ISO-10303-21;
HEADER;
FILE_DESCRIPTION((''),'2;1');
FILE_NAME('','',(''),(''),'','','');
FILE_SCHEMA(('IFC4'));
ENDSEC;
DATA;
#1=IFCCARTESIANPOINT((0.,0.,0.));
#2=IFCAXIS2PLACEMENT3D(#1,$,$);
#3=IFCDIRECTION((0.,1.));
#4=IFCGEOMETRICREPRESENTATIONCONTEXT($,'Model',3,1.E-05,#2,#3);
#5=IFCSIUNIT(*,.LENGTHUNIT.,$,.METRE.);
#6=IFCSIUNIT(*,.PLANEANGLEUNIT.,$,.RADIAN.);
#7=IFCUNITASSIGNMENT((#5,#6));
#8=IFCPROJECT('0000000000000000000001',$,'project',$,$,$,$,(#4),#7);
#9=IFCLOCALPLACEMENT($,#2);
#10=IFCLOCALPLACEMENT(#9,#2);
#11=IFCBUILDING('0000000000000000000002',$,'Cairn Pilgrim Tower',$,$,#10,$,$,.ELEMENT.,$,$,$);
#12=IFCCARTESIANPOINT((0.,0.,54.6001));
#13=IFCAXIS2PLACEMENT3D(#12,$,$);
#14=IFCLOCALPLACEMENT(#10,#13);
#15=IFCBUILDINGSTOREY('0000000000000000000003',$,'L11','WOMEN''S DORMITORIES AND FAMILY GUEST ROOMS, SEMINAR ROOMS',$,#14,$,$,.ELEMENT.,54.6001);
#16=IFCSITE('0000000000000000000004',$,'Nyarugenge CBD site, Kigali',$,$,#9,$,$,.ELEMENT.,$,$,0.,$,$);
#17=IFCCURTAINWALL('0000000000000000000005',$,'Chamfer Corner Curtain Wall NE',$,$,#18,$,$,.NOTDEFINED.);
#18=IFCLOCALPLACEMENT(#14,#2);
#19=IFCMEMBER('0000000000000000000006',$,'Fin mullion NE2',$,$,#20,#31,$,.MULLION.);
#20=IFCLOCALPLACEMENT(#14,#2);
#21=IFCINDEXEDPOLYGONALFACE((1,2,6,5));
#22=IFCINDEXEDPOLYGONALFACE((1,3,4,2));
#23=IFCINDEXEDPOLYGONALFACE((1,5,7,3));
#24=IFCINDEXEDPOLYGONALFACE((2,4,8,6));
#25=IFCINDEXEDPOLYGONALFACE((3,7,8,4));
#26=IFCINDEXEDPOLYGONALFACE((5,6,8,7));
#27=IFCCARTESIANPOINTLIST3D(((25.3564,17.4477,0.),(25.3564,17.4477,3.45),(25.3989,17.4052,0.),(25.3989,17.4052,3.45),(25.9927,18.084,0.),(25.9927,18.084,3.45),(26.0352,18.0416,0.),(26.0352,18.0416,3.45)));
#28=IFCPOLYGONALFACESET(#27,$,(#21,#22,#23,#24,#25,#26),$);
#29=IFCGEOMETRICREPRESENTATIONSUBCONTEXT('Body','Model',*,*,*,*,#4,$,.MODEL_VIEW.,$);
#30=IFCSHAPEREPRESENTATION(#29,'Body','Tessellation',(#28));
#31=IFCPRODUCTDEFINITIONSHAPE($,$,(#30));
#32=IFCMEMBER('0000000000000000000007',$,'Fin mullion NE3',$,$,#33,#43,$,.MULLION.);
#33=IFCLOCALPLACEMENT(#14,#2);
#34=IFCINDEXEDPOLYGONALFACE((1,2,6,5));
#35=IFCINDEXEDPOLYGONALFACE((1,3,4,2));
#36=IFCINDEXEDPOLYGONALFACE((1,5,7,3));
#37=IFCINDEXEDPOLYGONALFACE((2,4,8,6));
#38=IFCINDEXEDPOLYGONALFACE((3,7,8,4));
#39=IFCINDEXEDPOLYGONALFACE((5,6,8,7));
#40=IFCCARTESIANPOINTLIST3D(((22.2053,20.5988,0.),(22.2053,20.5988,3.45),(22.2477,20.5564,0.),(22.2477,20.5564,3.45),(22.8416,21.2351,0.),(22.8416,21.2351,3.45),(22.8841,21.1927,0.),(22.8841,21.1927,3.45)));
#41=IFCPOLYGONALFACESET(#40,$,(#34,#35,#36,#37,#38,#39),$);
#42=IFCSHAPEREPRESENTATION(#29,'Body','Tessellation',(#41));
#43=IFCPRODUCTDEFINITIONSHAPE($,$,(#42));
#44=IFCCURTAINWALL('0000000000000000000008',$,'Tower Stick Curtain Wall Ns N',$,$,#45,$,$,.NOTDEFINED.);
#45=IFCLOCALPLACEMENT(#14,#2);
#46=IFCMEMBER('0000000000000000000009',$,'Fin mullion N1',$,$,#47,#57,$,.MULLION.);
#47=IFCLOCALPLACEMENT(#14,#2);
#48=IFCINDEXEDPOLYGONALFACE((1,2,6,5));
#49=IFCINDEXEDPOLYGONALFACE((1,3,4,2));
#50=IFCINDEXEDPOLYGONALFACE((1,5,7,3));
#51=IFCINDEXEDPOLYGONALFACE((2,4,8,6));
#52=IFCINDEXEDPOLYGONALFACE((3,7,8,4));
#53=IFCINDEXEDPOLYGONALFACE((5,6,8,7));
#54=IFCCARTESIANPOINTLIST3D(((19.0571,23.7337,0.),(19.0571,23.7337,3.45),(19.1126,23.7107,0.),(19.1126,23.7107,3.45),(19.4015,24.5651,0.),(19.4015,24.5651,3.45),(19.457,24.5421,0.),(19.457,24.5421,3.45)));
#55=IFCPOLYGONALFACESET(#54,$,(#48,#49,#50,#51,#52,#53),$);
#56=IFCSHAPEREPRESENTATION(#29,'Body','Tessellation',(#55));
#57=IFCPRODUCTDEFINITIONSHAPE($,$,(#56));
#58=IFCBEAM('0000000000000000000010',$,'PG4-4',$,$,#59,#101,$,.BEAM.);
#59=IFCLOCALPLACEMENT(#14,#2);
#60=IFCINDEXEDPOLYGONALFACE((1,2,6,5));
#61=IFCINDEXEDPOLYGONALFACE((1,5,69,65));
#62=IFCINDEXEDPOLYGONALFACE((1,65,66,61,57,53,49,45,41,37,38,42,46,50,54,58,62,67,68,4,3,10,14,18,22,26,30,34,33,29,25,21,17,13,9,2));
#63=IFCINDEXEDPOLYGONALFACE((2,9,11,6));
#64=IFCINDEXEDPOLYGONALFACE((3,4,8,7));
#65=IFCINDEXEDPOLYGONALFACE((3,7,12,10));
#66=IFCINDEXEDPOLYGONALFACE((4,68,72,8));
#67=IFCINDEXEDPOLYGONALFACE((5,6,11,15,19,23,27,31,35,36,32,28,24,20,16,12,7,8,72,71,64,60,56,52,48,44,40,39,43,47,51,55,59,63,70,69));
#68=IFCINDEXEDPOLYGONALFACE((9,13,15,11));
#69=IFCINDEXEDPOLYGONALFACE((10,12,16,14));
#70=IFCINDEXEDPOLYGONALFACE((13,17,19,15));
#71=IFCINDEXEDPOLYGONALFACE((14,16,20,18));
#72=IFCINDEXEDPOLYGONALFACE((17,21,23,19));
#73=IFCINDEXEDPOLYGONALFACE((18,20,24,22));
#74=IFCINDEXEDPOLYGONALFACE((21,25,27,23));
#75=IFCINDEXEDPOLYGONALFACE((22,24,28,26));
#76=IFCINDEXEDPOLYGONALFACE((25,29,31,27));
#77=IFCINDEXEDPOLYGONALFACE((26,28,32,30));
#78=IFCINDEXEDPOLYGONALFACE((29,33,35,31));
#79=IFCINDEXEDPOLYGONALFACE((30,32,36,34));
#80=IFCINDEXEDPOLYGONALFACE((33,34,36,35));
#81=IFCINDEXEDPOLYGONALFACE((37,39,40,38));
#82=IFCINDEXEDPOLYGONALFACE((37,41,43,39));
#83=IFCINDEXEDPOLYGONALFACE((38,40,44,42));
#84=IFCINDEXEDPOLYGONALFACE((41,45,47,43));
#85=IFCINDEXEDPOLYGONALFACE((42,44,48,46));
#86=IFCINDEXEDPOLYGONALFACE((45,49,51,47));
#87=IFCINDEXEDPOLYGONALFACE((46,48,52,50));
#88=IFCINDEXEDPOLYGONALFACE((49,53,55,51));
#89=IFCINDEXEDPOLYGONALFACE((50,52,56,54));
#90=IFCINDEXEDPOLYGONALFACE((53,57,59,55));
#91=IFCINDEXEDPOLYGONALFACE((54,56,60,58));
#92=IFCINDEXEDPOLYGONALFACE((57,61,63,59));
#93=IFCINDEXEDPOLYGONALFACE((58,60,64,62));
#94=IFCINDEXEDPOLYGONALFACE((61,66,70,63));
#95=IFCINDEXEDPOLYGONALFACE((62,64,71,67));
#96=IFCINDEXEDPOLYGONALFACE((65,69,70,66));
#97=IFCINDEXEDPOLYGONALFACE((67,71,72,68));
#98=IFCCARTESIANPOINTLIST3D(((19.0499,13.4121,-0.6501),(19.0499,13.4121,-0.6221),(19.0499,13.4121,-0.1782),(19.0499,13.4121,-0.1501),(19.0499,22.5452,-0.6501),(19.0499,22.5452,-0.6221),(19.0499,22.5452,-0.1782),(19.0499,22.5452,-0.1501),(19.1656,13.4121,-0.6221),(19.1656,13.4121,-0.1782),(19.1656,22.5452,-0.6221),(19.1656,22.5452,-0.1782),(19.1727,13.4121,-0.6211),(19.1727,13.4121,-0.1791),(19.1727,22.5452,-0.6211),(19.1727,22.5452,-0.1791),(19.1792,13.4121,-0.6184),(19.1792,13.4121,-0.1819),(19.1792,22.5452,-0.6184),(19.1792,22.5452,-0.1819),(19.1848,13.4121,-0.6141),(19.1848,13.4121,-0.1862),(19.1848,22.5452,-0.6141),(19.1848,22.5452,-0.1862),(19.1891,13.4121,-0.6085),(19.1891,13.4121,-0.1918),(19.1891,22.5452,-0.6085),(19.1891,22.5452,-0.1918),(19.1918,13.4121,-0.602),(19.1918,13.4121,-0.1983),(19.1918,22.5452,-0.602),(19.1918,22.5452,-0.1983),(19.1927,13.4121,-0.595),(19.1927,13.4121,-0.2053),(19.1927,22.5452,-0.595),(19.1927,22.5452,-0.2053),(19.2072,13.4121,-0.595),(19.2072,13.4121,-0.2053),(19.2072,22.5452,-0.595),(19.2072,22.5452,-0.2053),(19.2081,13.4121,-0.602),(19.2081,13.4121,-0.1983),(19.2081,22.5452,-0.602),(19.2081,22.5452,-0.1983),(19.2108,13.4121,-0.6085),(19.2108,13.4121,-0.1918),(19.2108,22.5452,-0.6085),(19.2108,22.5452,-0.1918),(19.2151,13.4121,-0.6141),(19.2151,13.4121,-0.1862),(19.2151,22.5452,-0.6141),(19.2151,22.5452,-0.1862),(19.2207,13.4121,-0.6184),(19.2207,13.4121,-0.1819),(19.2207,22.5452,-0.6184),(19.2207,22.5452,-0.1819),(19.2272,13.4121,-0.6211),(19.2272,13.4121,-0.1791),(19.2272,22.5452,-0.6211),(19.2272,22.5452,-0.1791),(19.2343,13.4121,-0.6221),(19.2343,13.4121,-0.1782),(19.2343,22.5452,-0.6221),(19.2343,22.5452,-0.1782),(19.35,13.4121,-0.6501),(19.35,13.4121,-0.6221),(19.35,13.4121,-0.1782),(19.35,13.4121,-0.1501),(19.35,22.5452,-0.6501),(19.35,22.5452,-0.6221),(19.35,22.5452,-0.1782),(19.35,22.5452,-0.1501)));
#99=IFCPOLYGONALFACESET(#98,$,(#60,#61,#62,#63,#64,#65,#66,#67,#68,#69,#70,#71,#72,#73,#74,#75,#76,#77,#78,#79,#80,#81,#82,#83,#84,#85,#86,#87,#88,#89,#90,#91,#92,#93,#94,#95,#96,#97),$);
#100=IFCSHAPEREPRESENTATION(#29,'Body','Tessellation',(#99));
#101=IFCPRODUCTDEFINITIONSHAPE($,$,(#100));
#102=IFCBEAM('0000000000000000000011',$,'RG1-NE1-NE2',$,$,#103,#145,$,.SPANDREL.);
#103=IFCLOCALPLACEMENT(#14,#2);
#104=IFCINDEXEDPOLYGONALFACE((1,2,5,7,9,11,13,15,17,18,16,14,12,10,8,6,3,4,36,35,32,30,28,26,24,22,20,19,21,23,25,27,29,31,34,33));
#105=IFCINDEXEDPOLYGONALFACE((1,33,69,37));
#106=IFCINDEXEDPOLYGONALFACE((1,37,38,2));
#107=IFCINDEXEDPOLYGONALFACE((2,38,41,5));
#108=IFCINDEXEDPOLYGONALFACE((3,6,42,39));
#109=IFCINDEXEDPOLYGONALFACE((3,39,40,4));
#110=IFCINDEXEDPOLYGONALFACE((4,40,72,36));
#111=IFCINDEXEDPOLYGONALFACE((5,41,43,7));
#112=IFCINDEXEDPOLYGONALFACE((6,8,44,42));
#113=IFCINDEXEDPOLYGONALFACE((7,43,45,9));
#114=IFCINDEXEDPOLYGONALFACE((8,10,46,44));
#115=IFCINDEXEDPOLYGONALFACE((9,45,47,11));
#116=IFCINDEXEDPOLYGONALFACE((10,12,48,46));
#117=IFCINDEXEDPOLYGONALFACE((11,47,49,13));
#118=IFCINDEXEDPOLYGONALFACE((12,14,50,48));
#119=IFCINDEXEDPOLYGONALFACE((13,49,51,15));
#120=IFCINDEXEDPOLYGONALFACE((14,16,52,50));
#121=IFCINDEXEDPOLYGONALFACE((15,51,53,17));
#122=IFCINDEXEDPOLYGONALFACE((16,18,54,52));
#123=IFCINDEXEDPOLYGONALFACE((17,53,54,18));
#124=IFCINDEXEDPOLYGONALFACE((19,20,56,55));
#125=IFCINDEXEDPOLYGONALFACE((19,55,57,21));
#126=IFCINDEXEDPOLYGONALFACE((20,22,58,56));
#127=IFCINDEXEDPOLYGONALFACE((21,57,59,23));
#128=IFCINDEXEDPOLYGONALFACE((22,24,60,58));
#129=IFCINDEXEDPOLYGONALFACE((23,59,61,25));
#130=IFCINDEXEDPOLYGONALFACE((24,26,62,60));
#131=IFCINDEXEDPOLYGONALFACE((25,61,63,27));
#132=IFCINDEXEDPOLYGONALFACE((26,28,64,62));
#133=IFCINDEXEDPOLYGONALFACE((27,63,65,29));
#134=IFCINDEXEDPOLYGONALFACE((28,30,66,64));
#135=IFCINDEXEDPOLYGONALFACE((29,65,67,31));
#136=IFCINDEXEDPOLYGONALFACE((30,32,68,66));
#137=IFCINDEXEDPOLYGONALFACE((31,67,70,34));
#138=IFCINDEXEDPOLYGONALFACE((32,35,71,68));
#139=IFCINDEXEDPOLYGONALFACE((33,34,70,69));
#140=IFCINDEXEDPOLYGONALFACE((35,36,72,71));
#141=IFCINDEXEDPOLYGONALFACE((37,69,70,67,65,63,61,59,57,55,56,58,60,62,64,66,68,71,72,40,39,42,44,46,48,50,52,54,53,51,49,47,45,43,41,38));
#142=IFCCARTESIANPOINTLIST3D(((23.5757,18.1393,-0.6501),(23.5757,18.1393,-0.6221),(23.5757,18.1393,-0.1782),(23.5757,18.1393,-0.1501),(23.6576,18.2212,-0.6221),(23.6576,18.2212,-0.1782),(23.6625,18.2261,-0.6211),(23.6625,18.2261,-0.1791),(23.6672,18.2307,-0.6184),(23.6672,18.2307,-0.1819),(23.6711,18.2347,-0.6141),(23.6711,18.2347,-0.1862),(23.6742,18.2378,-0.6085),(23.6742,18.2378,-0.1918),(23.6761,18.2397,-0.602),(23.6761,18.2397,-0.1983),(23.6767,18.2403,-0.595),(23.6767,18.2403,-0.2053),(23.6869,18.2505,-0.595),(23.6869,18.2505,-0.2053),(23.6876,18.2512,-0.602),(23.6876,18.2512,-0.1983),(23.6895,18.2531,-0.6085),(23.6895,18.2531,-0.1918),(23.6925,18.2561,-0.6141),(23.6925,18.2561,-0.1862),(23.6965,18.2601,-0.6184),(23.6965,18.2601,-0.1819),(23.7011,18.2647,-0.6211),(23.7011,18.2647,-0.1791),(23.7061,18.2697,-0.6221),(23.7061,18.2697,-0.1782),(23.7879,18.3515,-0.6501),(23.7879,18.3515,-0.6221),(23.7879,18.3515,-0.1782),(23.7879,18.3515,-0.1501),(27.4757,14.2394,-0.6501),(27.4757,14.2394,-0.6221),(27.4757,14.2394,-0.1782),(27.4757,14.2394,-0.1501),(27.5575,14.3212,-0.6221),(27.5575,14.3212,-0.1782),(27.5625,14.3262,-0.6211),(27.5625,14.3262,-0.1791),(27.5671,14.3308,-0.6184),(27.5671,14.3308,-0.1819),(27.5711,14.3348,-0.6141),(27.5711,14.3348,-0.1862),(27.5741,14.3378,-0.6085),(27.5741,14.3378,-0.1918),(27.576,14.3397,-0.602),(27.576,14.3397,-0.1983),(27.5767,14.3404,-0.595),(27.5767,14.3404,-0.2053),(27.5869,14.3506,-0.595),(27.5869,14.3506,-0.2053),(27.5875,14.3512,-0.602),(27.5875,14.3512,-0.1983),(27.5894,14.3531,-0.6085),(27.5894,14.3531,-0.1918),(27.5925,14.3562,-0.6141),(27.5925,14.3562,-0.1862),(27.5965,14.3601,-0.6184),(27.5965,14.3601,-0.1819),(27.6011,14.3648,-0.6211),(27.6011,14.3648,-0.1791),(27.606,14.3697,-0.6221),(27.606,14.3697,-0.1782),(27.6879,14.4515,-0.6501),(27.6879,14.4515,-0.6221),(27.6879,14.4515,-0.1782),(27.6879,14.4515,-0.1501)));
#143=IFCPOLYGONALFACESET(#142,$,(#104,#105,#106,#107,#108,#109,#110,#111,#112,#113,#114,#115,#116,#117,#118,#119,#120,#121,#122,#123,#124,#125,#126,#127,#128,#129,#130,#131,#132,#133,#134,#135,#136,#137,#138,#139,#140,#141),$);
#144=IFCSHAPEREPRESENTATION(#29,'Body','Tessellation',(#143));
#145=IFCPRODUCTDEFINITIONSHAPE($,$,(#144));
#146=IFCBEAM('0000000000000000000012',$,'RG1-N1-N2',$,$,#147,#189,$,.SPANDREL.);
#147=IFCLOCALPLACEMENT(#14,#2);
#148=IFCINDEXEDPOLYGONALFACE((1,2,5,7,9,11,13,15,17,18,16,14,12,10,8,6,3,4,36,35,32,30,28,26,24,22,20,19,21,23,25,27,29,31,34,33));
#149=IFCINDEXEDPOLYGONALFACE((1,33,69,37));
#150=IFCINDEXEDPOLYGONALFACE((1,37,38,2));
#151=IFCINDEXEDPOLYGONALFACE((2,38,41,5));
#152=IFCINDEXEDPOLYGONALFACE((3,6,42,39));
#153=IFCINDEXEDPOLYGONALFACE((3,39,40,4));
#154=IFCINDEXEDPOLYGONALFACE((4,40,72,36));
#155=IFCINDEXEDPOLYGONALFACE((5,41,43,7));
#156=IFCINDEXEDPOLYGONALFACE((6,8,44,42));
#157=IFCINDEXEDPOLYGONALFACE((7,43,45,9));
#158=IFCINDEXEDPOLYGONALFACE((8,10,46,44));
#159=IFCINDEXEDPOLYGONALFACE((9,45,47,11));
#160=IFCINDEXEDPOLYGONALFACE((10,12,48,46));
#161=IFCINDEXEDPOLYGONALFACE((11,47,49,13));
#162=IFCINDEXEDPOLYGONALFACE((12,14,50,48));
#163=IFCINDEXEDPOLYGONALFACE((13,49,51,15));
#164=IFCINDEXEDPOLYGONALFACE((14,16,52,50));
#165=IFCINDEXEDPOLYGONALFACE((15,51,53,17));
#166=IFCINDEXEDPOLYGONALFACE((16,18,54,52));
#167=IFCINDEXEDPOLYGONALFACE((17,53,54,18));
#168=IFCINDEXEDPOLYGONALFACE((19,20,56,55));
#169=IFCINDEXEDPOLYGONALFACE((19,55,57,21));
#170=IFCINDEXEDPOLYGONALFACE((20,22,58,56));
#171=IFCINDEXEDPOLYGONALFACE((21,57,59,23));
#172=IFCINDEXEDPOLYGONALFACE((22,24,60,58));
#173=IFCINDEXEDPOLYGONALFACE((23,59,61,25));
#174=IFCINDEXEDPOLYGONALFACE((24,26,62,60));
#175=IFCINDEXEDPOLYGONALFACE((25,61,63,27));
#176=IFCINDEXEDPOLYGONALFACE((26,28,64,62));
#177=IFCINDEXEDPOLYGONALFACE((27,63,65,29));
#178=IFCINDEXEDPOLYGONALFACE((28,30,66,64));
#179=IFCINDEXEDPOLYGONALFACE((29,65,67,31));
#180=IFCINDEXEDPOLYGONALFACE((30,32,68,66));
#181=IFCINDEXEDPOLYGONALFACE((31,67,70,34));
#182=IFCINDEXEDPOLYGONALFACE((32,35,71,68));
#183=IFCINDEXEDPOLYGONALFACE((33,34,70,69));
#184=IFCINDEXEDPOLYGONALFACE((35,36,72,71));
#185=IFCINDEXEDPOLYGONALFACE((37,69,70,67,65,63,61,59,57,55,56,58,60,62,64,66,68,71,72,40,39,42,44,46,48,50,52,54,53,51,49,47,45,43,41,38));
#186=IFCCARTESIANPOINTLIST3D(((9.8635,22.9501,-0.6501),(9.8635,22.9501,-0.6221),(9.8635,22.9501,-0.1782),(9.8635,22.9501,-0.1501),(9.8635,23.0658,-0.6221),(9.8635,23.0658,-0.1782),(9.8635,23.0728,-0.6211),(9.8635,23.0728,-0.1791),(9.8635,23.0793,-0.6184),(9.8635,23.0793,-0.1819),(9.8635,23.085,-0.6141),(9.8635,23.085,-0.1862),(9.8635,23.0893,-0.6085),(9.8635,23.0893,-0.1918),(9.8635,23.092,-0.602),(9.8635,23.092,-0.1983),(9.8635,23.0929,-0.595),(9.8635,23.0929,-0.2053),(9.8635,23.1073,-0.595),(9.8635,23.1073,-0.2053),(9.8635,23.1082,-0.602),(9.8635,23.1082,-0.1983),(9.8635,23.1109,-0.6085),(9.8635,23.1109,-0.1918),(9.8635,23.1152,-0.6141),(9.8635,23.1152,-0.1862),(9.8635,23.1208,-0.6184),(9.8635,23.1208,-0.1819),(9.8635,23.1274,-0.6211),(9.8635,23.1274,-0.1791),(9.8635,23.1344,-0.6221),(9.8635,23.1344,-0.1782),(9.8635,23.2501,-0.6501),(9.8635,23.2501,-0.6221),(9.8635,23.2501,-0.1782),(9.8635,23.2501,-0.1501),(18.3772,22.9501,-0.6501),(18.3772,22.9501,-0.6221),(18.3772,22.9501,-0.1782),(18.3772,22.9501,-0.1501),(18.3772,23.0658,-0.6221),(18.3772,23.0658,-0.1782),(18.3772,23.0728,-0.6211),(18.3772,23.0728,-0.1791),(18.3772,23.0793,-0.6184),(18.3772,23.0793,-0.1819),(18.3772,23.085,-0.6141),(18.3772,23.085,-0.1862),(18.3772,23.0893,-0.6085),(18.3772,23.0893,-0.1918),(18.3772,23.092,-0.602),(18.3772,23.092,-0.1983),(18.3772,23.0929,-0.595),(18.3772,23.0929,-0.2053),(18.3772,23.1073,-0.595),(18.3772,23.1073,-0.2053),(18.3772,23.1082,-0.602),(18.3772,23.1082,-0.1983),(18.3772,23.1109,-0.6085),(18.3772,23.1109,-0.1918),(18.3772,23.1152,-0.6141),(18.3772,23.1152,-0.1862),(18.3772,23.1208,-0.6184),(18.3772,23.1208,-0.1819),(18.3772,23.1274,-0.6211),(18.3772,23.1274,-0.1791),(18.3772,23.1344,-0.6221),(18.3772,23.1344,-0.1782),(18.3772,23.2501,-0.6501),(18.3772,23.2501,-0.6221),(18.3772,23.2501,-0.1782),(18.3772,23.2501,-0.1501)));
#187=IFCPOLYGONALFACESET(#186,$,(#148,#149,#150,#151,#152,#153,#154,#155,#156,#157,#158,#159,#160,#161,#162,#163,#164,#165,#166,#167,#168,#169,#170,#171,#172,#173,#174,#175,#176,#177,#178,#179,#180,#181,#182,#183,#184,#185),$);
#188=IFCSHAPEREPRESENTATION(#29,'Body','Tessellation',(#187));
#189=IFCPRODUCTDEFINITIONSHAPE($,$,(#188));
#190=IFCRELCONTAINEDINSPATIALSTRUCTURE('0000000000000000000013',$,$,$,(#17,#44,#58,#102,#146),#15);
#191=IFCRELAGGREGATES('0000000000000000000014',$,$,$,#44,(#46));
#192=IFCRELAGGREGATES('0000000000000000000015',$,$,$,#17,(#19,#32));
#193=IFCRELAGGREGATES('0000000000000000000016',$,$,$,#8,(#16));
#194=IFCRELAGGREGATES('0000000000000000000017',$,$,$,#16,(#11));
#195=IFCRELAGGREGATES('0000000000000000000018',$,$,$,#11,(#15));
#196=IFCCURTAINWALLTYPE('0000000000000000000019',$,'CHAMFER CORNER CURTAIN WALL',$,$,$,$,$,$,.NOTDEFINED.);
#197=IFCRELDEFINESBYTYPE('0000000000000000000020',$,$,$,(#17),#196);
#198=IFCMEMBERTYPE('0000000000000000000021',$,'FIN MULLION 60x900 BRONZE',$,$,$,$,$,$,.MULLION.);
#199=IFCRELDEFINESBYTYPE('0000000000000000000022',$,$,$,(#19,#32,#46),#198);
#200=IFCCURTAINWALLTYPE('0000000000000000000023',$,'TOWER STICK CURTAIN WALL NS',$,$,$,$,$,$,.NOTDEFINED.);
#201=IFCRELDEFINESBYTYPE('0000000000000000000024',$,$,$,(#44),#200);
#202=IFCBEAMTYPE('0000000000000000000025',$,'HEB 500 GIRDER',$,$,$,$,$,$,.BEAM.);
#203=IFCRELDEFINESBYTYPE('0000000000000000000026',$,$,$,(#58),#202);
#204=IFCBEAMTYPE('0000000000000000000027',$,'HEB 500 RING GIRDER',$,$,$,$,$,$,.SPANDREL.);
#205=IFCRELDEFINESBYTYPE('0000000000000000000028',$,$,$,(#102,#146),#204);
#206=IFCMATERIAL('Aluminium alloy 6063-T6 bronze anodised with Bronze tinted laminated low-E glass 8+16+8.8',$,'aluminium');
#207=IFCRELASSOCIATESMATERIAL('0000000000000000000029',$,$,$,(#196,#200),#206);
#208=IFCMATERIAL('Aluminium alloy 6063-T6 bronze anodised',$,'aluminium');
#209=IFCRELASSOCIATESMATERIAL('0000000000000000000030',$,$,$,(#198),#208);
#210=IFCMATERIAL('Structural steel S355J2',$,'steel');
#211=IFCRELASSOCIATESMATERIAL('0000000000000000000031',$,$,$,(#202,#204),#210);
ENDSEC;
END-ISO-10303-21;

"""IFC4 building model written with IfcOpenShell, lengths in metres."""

from ifc_helpers import new_model, si_unit, direction, frame, origin, origin_2d, place, context, subcontext, project, spatial, rectangle, i_section, extrude, material, material_profile, profile_set, type_object, element, aggregate, save


model = new_model("IFC4")

# Units and contexts
model_context = context("Model", 3, precision=1e-05, world=origin(), true_north=direction((0.0, 1.0)))
body_context = subcontext(model_context, "Body", "Model", "MODEL_VIEW")
ifc_project = project(units=[si_unit("LENGTHUNIT", "METRE"), si_unit("PLANEANGLEUNIT", "RADIAN")], contexts=[model_context])

# Site, building, storey
site_placement = place(None, origin())
site = spatial("IfcSite", under=ifc_project, at=site_placement, Name="Nyarugenge CBD site, Kigali", CompositionType="ELEMENT", RefElevation=0.0)
building_placement = place(site_placement, origin())
building = spatial("IfcBuilding", under=site, at=building_placement, Name="Cairn Pilgrim Tower", CompositionType="ELEMENT")
storey_placement = place(building_placement, frame((0.0, 0.0, 54.6001)))
storey = spatial("IfcBuildingStorey", under=building, at=storey_placement, Name="L11", Description="WOMEN'S DORMITORIES AND FAMILY GUEST ROOMS, SEMINAR ROOMS", CompositionType="ELEMENT", Elevation=54.6001)

# Shared definitions
ifc_material_1 = material(Name="Structural steel S355J2", Category="steel")

# Curtain wall, members
ifc_material_2 = material(Name="Aluminium alloy 6063-T6 bronze anodised with Bronze tinted laminated low-E glass 8+16+8.8", Category="aluminium")
curtain_wall_type_1 = type_object("IfcCurtainWallType", Name="CHAMFER CORNER CURTAIN WALL", PredefinedType="NOTDEFINED", material=ifc_material_2)
curtain_wall_1_placement = place(storey_placement, origin())
curtain_wall_1 = element("IfcCurtainWall", 1, at=curtain_wall_1_placement, inside=storey, type_object=curtain_wall_type_1, Name="Chamfer Corner Curtain Wall NE", PredefinedType="NOTDEFINED")
ifc_material_3 = material(Name="Aluminium alloy 6063-T6 bronze anodised", Category="aluminium")
ifc_material_profile_1 = material_profile(ifc_material_3, rectangle(XDim=0.8999, YDim=0.0601, at=origin_2d()), Name="FIN MULLION 60x900 BRONZE")
ifc_profile_set_1 = profile_set([ifc_material_profile_1], Name="Aluminium alloy 6063-T6 bronze anodised")
member_type_1 = type_object("IfcMemberType", Name="FIN MULLION 60x900 BRONZE", PredefinedType="MULLION", material=ifc_profile_set_1)
member_1_placement = place(storey_placement, frame((25.6958, 17.7446, 0.0), z_axis=(0.0, 0.0, 1.0), x_axis=(0.707107, 0.707107, 0.0)))
member_1 = element("IfcMember", 2, at=member_1_placement, type_object=member_type_1, Name="Fin mullion NE2", PredefinedType="MULLION", context=body_context, shape_type="SweptSolid", body=[
    extrude(rectangle(XDim=0.8999, YDim=0.0601, at=origin_2d()), origin(), (0.0, 0.0, 1.0), 3.45),
])
member_2_placement = place(storey_placement, frame((22.5447, 20.8958, 0.0), z_axis=(0.0, 0.0, 1.0), x_axis=(0.707107, 0.707107, 0.0)))
member_2 = element("IfcMember", 3, at=member_2_placement, type_object=member_type_1, Name="Fin mullion NE3", PredefinedType="MULLION", context=body_context, shape_type="SweptSolid", body=[
    extrude(rectangle(XDim=0.8999, YDim=0.0601, at=origin_2d()), origin(), (0.0, 0.0, 1.0), 3.45),
])

# Curtain wall, member
curtain_wall_type_2 = type_object("IfcCurtainWallType", Name="TOWER STICK CURTAIN WALL NS", PredefinedType="NOTDEFINED", material=ifc_material_2)
curtain_wall_2_placement = place(storey_placement, origin())
curtain_wall_2 = element("IfcCurtainWall", 4, at=curtain_wall_2_placement, inside=storey, type_object=curtain_wall_type_2, Name="Tower Stick Curtain Wall Ns N", PredefinedType="NOTDEFINED")
member_3_placement = place(storey_placement, frame((19.2571, 24.1379, 0.0), z_axis=(0.0, 0.0, 1.0), x_axis=(0.382683, 0.92388, 0.0)))
member_3 = element("IfcMember", 5, at=member_3_placement, type_object=member_type_1, Name="Fin mullion N1", PredefinedType="MULLION", context=body_context, shape_type="SweptSolid", body=[
    extrude(rectangle(XDim=0.8999, YDim=0.0601, at=origin_2d()), origin(), (0.0, 0.0, 1.0), 3.45),
])

# Beams
ifc_material_profile_2 = material_profile(ifc_material_1, i_section(OverallWidth=0.3, OverallDepth=0.5, WebThickness=0.0144, FlangeThickness=0.0281, FilletRadius=0.0271, at=origin_2d()), Name="HEB 500")
ifc_profile_set_2 = profile_set([ifc_material_profile_2], Name="Structural steel S355J2")
beam_type_1 = type_object("IfcBeamType", Name="HEB 500 GIRDER", PredefinedType="BEAM", material=ifc_profile_set_2)
beam_1_placement = place(storey_placement, frame((19.2, 13.4121, -0.4001), z_axis=(0.0, 1.0, 0.0), x_axis=(-1.0, 0.0, 0.0)))
element("IfcBeam", 6, at=beam_1_placement, inside=storey, type_object=beam_type_1, Name="PG4-4", PredefinedType="BEAM", context=body_context, shape_type="SweptSolid", body=[
    extrude(i_section(OverallWidth=0.3, OverallDepth=0.5, WebThickness=0.0144, FlangeThickness=0.0281, FilletRadius=0.0271, at=origin_2d()), origin(), (0.0, 0.0, 1.0), 9.1331),
])
ifc_material_profile_3 = material_profile(ifc_material_1, i_section(OverallWidth=0.3, OverallDepth=0.5, WebThickness=0.0144, FlangeThickness=0.0281, FilletRadius=0.0271, at=origin_2d()), Name="HEB 500")
ifc_profile_set_3 = profile_set([ifc_material_profile_3], Name="Structural steel S355J2")
beam_type_2 = type_object("IfcBeamType", Name="HEB 500 RING GIRDER", PredefinedType="SPANDREL", material=ifc_profile_set_3)
beam_2_placement = place(storey_placement, frame((27.5818, 14.3455, -0.4001), z_axis=(-0.707107, 0.707107, 0.0), x_axis=(-0.707107, -0.707107, 0.0)))
element("IfcBeam", 7, at=beam_2_placement, inside=storey, type_object=beam_type_2, Name="RG1-NE1-NE2", PredefinedType="SPANDREL", context=body_context, shape_type="SweptSolid", body=[
    extrude(i_section(OverallWidth=0.3, OverallDepth=0.5, WebThickness=0.0144, FlangeThickness=0.0281, FilletRadius=0.0271, at=origin_2d()), origin(), (0.0, 0.0, 1.0), 5.5154),
])
beam_3_placement = place(storey_placement, frame((18.3772, 23.1001, -0.4001), z_axis=(-1.0, 0.0, 0.0), x_axis=(0.0, -1.0, 0.0)))
element("IfcBeam", 8, at=beam_3_placement, inside=storey, type_object=beam_type_2, Name="RG1-N1-N2", PredefinedType="SPANDREL", context=body_context, shape_type="SweptSolid", body=[
    extrude(i_section(OverallWidth=0.3, OverallDepth=0.5, WebThickness=0.0144, FlangeThickness=0.0281, FilletRadius=0.0271, at=origin_2d()), origin(), (0.0, 0.0, 1.0), 8.5137),
])

aggregate(curtain_wall_2, [member_3])

aggregate(curtain_wall_1, [member_1, member_2])

save(model, "model.ifc")
